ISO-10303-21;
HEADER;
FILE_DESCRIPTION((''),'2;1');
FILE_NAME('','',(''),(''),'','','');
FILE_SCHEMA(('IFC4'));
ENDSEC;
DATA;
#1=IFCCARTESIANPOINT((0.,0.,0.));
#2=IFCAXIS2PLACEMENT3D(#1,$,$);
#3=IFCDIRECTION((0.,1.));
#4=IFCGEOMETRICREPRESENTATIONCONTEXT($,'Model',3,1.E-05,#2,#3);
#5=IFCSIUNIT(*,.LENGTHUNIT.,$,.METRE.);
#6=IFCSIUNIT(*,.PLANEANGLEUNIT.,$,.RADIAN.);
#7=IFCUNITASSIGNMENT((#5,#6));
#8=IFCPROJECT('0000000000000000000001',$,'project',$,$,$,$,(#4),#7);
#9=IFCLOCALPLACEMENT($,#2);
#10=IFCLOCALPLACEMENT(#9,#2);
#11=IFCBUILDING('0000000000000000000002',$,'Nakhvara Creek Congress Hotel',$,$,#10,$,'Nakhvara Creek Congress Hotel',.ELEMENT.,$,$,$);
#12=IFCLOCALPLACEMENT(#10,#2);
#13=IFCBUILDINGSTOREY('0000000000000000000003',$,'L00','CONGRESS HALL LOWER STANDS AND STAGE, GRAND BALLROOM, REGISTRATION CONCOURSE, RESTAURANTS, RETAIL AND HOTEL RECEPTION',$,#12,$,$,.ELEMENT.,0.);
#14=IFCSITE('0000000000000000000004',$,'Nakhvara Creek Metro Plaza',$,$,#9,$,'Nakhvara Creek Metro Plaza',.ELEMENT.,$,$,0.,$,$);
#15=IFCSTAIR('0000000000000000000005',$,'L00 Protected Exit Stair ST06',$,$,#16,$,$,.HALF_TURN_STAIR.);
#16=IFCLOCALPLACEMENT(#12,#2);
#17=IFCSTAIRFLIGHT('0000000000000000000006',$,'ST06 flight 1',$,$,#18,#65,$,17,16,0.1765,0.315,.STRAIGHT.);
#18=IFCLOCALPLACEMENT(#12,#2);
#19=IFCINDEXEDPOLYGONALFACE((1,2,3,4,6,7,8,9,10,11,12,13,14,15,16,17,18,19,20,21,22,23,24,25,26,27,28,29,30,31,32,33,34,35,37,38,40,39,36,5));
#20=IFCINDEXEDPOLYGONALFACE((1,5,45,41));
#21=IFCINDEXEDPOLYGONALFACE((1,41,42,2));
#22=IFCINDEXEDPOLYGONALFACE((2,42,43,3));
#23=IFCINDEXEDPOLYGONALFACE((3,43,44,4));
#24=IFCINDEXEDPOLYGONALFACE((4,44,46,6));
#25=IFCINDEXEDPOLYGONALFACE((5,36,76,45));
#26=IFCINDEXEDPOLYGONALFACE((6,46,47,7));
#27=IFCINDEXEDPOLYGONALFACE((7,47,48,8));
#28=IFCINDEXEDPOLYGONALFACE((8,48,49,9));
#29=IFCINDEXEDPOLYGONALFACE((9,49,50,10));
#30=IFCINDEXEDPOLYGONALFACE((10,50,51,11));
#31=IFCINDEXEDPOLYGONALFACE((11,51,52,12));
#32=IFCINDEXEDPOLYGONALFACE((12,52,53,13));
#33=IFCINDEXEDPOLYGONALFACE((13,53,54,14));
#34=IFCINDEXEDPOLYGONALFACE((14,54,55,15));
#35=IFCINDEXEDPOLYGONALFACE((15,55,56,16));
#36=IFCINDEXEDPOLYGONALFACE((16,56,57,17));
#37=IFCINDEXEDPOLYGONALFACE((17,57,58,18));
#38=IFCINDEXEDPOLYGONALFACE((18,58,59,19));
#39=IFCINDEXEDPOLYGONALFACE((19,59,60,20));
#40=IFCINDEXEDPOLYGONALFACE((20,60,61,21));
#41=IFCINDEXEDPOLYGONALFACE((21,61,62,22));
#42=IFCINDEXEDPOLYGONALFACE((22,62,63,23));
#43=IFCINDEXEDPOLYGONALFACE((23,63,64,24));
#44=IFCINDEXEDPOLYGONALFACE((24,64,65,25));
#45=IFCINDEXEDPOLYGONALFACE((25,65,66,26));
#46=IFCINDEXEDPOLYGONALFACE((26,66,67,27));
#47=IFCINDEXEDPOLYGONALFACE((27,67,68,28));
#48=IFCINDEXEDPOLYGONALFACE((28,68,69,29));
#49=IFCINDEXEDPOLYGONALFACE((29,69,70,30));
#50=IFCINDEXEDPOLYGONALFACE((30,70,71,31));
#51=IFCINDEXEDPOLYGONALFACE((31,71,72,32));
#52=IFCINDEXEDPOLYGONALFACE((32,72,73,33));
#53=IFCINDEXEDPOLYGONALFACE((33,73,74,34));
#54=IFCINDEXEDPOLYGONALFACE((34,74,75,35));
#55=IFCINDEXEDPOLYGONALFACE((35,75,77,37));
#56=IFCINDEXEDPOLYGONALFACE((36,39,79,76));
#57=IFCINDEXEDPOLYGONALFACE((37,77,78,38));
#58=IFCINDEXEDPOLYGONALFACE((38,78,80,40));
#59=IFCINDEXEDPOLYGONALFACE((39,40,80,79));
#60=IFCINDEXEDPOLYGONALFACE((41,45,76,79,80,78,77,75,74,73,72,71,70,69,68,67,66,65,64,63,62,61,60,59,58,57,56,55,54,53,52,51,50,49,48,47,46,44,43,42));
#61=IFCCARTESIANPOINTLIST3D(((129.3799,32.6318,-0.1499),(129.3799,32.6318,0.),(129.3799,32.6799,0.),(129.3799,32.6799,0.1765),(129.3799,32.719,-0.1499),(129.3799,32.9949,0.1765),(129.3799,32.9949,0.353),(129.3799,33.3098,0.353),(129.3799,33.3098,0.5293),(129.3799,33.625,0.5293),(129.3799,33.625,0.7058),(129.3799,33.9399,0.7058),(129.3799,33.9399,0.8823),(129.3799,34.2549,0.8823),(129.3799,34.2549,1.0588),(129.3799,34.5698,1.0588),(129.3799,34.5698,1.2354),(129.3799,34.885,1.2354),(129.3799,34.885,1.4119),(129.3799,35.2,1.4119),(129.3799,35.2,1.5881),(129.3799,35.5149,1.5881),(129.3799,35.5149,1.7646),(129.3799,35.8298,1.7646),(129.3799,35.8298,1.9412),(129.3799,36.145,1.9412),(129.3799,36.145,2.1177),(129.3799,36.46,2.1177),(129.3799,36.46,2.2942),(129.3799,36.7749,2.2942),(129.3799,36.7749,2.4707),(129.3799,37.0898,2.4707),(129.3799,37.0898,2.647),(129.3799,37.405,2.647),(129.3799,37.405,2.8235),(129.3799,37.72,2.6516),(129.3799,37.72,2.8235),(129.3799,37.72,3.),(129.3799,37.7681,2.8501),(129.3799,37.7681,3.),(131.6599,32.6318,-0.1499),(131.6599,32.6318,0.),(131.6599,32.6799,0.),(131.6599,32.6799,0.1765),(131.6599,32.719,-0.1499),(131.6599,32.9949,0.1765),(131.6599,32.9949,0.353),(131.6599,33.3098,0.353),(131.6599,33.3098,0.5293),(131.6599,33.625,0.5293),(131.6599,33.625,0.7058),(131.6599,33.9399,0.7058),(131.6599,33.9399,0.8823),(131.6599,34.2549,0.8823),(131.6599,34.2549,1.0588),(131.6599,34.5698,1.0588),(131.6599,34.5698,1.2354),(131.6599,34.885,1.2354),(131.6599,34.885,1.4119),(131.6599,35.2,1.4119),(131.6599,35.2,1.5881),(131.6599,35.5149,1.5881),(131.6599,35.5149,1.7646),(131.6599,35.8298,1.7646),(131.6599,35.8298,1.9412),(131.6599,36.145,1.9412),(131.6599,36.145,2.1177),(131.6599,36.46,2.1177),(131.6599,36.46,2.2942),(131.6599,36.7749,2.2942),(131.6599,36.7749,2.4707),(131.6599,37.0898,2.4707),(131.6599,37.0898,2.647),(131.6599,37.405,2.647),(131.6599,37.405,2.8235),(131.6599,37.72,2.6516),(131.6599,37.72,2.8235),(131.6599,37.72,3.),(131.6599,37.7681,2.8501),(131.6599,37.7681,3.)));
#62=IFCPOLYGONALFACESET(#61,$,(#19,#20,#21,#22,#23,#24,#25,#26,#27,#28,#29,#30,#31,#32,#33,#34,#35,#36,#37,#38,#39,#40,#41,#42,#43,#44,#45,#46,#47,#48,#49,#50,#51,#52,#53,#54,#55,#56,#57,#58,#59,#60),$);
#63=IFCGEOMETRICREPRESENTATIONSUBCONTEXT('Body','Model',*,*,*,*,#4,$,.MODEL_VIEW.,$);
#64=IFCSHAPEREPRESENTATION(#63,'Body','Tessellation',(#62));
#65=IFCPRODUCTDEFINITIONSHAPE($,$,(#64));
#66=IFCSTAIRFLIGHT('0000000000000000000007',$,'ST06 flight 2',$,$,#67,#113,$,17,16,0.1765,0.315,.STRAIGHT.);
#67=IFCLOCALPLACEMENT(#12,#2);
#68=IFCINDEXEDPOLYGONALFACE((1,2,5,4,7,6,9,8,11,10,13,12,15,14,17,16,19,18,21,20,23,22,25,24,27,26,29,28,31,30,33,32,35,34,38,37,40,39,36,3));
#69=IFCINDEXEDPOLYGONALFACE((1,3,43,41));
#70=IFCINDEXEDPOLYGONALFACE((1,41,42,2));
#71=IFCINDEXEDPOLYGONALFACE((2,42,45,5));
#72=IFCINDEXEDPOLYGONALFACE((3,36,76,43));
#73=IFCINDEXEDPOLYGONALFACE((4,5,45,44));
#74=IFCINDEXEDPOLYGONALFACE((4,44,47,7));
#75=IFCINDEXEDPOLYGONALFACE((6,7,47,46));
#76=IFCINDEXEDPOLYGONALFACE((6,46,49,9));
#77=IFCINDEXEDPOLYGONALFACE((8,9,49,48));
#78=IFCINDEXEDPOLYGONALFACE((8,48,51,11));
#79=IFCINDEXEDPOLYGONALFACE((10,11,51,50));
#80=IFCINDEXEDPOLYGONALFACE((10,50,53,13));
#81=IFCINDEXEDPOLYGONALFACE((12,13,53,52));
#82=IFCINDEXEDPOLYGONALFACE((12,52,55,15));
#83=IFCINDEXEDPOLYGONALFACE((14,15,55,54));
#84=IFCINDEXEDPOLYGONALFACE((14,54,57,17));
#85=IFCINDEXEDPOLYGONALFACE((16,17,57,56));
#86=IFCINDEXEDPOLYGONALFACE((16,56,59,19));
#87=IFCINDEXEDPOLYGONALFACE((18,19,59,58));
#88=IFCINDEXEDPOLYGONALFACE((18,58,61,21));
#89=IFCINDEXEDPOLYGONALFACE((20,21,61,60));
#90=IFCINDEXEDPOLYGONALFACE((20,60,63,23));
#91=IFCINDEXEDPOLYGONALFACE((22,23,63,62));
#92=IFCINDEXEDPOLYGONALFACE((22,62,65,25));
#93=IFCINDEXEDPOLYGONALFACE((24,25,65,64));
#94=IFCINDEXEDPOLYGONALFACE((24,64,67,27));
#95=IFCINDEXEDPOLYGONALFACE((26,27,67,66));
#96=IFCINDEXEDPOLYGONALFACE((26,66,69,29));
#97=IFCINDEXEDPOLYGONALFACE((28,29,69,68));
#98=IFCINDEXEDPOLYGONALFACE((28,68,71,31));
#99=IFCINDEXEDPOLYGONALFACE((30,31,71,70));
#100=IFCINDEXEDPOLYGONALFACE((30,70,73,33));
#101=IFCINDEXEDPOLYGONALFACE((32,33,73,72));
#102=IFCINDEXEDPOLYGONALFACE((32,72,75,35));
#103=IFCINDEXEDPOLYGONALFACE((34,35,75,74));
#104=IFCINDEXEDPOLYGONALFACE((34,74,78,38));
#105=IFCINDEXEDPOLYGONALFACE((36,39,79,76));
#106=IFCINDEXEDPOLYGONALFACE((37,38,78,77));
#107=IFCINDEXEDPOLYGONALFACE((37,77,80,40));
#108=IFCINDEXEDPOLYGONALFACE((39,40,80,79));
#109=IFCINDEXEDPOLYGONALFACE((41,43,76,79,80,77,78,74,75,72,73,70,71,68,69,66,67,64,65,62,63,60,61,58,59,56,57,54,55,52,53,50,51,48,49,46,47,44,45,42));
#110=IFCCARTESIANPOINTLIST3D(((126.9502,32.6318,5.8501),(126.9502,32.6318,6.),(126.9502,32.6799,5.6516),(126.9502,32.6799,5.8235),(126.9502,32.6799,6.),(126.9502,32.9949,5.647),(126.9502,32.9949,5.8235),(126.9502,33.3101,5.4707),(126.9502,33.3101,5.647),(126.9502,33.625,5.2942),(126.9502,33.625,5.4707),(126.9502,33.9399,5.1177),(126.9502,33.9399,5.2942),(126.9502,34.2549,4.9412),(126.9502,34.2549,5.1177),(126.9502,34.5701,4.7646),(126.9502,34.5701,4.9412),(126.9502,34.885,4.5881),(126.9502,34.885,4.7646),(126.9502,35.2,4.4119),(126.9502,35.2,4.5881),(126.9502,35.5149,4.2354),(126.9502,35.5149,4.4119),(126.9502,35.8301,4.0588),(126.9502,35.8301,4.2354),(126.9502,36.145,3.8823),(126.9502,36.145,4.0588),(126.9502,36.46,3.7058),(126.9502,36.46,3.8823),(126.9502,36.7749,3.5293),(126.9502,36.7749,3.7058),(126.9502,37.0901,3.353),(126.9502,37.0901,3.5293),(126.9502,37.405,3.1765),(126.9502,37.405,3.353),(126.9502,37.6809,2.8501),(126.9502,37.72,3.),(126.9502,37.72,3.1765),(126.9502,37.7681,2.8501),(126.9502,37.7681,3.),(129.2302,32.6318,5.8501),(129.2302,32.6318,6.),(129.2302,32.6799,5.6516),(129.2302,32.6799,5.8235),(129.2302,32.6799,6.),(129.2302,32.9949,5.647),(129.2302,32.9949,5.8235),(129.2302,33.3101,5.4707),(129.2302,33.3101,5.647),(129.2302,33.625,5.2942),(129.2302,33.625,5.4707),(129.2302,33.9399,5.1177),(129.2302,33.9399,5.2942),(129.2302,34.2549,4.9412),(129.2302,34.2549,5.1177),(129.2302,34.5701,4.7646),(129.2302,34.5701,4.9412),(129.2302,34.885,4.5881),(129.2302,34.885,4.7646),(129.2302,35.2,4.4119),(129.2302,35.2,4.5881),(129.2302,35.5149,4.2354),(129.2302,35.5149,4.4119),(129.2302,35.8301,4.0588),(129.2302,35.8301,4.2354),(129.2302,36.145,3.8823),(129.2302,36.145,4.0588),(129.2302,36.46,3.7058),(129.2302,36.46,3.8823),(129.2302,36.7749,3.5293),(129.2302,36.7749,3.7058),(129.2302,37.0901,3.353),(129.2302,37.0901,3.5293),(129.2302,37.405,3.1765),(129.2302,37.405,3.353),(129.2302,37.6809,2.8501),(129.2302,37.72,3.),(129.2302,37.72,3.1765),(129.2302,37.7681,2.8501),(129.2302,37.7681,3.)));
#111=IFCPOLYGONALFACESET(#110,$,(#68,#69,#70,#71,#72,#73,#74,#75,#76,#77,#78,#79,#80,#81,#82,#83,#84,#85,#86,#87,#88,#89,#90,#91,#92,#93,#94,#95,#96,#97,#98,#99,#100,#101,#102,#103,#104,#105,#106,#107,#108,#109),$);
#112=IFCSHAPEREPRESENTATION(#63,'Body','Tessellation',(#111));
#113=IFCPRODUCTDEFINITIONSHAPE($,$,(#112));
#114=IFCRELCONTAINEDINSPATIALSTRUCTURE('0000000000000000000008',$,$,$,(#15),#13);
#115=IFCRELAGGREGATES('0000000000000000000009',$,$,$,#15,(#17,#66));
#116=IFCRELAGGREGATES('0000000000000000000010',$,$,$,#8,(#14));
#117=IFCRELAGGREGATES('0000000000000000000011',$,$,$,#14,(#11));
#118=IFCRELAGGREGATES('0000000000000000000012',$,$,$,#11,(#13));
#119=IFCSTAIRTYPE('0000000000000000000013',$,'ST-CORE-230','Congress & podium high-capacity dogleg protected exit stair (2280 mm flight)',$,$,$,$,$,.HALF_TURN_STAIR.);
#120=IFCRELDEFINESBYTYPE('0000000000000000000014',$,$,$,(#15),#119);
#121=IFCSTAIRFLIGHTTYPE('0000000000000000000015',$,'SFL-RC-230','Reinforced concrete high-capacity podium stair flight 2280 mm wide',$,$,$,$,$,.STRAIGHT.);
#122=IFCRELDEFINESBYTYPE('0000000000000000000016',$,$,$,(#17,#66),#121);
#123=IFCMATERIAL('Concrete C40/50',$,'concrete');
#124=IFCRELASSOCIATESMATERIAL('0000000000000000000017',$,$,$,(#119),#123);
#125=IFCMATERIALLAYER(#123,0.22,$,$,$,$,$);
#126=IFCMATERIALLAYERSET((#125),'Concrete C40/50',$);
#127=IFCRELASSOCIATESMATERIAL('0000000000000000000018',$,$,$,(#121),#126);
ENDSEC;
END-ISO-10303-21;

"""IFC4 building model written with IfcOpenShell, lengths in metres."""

from ifc_helpers import new_model, si_unit, direction, frame, origin, place, context, subcontext, project, spatial, polyline, outline, extrude, material, layer, layer_set, type_object, element, aggregate, save


model = new_model("IFC4")

# Units and contexts
model_context = context("Model", 3, precision=1e-05, world=origin(), true_north=direction((0.0, 1.0)))
body_context = subcontext(model_context, "Body", "Model", "MODEL_VIEW")
ifc_project = project(units=[si_unit("LENGTHUNIT", "METRE"), si_unit("PLANEANGLEUNIT", "RADIAN")], contexts=[model_context])

# Site, building, storey
site_placement = place(None, origin())
site = spatial("IfcSite", under=ifc_project, at=site_placement, Name="Nakhvara Creek Metro Plaza", LongName="Nakhvara Creek Metro Plaza", CompositionType="ELEMENT", RefElevation=0.0)
building_placement = place(site_placement, origin())
building = spatial("IfcBuilding", under=site, at=building_placement, Name="Nakhvara Creek Congress Hotel", LongName="Nakhvara Creek Congress Hotel", CompositionType="ELEMENT")
storey_placement = place(building_placement, origin())
storey = spatial("IfcBuildingStorey", under=building, at=storey_placement, Name="L00", Description="CONGRESS HALL LOWER STANDS AND STAGE, GRAND BALLROOM, REGISTRATION CONCOURSE, RESTAURANTS, RETAIL AND HOTEL RECEPTION", CompositionType="ELEMENT", Elevation=0.0)

# Shared definitions
ifc_material_1 = material(Name="Concrete C40/50", Category="concrete")

# Stair, stair flights
stair_type = type_object("IfcStairType", Name="ST-CORE-230", Description="Congress & podium high-capacity dogleg protected exit stair (2280 mm flight)", PredefinedType="HALF_TURN_STAIR", material=ifc_material_1)
stair_placement = place(storey_placement, origin())
stair = element("IfcStair", 1, at=stair_placement, inside=storey, type_object=stair_type, Name="L00 Protected Exit Stair ST06", PredefinedType="HALF_TURN_STAIR")
ifc_layer_1 = layer(ifc_material_1, 0.22)
ifc_layer_set_1 = layer_set([ifc_layer_1], Name="Concrete C40/50")
stair_flight_type = type_object("IfcStairFlightType", Name="SFL-RC-230", Description="Reinforced concrete high-capacity podium stair flight 2280 mm wide", PredefinedType="STRAIGHT", material=ifc_layer_set_1)
stair_flight_1_placement = place(storey_placement, frame((130.52, 32.6799, 0.0), z_axis=(0.0, 0.0, 1.0), x_axis=(0.0, 1.0, 0.0)))
stair_flight_1 = element("IfcStairFlight", 2, at=stair_flight_1_placement, type_object=stair_flight_type, Name="ST06 flight 1", NumberOfRisers=17, NumberOfTreads=16, PredefinedType="STRAIGHT", RiserHeight=0.1765, TreadLength=0.315, context=body_context, shape_type="SweptSolid", body=[
    extrude(outline(polyline([(-0.0481, 0.0), (0.0, 0.0), (0.0, 0.1765), (0.3149, 0.1765), (0.3149, 0.353), (0.6299, 0.353), (0.6299, 0.5293), (0.9451, 0.5293), (0.9451, 0.7058), (1.26, 0.7058), (1.26, 0.8823), (1.575, 0.8823), (1.575, 1.0588), (1.8899, 1.0588), (1.8899, 1.2354), (2.2051, 1.2354), (2.2051, 1.4119), (2.52, 1.4119), (2.52, 1.5881), (2.835, 1.5881), (2.835, 1.7646), (3.1499, 1.7646), (3.1499, 1.9412), (3.4651, 1.9412), (3.4651, 2.1177), (3.78, 2.1177), (3.78, 2.2942), (4.095, 2.2942), (4.095, 2.4707), (4.4099, 2.4707), (4.4099, 2.647), (4.7251, 2.647), (4.7251, 2.8235), (5.04, 2.8235), (5.04, 3.0), (5.0881, 3.0), (5.0881, 2.8501), (5.04, 2.6516), (0.0391, -0.1499), (-0.0481, -0.1499), (-0.0481, 0.0)])), frame((0.0, 1.1401, 0.0), z_axis=(0.0, -1.0, 0.0), x_axis=(1.0, 0.0, 0.0)), (0.0, 0.0, 1.0), 2.28),
])
stair_flight_2_placement = place(storey_placement, frame((128.0901, 37.72, 3.0), z_axis=(0.0, 0.0, 1.0), x_axis=(0.0, -1.0, 0.0)))
stair_flight_2 = element("IfcStairFlight", 3, at=stair_flight_2_placement, type_object=stair_flight_type, Name="ST06 flight 2", NumberOfRisers=17, NumberOfTreads=16, PredefinedType="STRAIGHT", RiserHeight=0.1765, TreadLength=0.315, context=body_context, shape_type="SweptSolid", body=[
    extrude(outline(polyline([(-0.0481, 0.0), (0.0, 0.0), (0.0, 0.1765), (0.3149, 0.1765), (0.3149, 0.353), (0.6299, 0.353), (0.6299, 0.5293), (0.9451, 0.5293), (0.9451, 0.7058), (1.26, 0.7058), (1.26, 0.8823), (1.575, 0.8823), (1.575, 1.0588), (1.8899, 1.0588), (1.8899, 1.2354), (2.2051, 1.2354), (2.2051, 1.4119), (2.52, 1.4119), (2.52, 1.5881), (2.835, 1.5881), (2.835, 1.7646), (3.1499, 1.7646), (3.1499, 1.9412), (3.4651, 1.9412), (3.4651, 2.1177), (3.78, 2.1177), (3.78, 2.2942), (4.095, 2.2942), (4.095, 2.4707), (4.4099, 2.4707), (4.4099, 2.647), (4.7251, 2.647), (4.7251, 2.8235), (5.04, 2.8235), (5.04, 3.0), (5.0881, 3.0), (5.0881, 2.8501), (5.04, 2.6516), (0.0391, -0.1499), (-0.0481, -0.1499), (-0.0481, 0.0)])), frame((0.0, 1.1401, 0.0), z_axis=(0.0, -1.0, 0.0), x_axis=(1.0, 0.0, 0.0)), (0.0, 0.0, 1.0), 2.28),
])
aggregate(stair, [stair_flight_1, stair_flight_2])

save(model, "model.ifc")
